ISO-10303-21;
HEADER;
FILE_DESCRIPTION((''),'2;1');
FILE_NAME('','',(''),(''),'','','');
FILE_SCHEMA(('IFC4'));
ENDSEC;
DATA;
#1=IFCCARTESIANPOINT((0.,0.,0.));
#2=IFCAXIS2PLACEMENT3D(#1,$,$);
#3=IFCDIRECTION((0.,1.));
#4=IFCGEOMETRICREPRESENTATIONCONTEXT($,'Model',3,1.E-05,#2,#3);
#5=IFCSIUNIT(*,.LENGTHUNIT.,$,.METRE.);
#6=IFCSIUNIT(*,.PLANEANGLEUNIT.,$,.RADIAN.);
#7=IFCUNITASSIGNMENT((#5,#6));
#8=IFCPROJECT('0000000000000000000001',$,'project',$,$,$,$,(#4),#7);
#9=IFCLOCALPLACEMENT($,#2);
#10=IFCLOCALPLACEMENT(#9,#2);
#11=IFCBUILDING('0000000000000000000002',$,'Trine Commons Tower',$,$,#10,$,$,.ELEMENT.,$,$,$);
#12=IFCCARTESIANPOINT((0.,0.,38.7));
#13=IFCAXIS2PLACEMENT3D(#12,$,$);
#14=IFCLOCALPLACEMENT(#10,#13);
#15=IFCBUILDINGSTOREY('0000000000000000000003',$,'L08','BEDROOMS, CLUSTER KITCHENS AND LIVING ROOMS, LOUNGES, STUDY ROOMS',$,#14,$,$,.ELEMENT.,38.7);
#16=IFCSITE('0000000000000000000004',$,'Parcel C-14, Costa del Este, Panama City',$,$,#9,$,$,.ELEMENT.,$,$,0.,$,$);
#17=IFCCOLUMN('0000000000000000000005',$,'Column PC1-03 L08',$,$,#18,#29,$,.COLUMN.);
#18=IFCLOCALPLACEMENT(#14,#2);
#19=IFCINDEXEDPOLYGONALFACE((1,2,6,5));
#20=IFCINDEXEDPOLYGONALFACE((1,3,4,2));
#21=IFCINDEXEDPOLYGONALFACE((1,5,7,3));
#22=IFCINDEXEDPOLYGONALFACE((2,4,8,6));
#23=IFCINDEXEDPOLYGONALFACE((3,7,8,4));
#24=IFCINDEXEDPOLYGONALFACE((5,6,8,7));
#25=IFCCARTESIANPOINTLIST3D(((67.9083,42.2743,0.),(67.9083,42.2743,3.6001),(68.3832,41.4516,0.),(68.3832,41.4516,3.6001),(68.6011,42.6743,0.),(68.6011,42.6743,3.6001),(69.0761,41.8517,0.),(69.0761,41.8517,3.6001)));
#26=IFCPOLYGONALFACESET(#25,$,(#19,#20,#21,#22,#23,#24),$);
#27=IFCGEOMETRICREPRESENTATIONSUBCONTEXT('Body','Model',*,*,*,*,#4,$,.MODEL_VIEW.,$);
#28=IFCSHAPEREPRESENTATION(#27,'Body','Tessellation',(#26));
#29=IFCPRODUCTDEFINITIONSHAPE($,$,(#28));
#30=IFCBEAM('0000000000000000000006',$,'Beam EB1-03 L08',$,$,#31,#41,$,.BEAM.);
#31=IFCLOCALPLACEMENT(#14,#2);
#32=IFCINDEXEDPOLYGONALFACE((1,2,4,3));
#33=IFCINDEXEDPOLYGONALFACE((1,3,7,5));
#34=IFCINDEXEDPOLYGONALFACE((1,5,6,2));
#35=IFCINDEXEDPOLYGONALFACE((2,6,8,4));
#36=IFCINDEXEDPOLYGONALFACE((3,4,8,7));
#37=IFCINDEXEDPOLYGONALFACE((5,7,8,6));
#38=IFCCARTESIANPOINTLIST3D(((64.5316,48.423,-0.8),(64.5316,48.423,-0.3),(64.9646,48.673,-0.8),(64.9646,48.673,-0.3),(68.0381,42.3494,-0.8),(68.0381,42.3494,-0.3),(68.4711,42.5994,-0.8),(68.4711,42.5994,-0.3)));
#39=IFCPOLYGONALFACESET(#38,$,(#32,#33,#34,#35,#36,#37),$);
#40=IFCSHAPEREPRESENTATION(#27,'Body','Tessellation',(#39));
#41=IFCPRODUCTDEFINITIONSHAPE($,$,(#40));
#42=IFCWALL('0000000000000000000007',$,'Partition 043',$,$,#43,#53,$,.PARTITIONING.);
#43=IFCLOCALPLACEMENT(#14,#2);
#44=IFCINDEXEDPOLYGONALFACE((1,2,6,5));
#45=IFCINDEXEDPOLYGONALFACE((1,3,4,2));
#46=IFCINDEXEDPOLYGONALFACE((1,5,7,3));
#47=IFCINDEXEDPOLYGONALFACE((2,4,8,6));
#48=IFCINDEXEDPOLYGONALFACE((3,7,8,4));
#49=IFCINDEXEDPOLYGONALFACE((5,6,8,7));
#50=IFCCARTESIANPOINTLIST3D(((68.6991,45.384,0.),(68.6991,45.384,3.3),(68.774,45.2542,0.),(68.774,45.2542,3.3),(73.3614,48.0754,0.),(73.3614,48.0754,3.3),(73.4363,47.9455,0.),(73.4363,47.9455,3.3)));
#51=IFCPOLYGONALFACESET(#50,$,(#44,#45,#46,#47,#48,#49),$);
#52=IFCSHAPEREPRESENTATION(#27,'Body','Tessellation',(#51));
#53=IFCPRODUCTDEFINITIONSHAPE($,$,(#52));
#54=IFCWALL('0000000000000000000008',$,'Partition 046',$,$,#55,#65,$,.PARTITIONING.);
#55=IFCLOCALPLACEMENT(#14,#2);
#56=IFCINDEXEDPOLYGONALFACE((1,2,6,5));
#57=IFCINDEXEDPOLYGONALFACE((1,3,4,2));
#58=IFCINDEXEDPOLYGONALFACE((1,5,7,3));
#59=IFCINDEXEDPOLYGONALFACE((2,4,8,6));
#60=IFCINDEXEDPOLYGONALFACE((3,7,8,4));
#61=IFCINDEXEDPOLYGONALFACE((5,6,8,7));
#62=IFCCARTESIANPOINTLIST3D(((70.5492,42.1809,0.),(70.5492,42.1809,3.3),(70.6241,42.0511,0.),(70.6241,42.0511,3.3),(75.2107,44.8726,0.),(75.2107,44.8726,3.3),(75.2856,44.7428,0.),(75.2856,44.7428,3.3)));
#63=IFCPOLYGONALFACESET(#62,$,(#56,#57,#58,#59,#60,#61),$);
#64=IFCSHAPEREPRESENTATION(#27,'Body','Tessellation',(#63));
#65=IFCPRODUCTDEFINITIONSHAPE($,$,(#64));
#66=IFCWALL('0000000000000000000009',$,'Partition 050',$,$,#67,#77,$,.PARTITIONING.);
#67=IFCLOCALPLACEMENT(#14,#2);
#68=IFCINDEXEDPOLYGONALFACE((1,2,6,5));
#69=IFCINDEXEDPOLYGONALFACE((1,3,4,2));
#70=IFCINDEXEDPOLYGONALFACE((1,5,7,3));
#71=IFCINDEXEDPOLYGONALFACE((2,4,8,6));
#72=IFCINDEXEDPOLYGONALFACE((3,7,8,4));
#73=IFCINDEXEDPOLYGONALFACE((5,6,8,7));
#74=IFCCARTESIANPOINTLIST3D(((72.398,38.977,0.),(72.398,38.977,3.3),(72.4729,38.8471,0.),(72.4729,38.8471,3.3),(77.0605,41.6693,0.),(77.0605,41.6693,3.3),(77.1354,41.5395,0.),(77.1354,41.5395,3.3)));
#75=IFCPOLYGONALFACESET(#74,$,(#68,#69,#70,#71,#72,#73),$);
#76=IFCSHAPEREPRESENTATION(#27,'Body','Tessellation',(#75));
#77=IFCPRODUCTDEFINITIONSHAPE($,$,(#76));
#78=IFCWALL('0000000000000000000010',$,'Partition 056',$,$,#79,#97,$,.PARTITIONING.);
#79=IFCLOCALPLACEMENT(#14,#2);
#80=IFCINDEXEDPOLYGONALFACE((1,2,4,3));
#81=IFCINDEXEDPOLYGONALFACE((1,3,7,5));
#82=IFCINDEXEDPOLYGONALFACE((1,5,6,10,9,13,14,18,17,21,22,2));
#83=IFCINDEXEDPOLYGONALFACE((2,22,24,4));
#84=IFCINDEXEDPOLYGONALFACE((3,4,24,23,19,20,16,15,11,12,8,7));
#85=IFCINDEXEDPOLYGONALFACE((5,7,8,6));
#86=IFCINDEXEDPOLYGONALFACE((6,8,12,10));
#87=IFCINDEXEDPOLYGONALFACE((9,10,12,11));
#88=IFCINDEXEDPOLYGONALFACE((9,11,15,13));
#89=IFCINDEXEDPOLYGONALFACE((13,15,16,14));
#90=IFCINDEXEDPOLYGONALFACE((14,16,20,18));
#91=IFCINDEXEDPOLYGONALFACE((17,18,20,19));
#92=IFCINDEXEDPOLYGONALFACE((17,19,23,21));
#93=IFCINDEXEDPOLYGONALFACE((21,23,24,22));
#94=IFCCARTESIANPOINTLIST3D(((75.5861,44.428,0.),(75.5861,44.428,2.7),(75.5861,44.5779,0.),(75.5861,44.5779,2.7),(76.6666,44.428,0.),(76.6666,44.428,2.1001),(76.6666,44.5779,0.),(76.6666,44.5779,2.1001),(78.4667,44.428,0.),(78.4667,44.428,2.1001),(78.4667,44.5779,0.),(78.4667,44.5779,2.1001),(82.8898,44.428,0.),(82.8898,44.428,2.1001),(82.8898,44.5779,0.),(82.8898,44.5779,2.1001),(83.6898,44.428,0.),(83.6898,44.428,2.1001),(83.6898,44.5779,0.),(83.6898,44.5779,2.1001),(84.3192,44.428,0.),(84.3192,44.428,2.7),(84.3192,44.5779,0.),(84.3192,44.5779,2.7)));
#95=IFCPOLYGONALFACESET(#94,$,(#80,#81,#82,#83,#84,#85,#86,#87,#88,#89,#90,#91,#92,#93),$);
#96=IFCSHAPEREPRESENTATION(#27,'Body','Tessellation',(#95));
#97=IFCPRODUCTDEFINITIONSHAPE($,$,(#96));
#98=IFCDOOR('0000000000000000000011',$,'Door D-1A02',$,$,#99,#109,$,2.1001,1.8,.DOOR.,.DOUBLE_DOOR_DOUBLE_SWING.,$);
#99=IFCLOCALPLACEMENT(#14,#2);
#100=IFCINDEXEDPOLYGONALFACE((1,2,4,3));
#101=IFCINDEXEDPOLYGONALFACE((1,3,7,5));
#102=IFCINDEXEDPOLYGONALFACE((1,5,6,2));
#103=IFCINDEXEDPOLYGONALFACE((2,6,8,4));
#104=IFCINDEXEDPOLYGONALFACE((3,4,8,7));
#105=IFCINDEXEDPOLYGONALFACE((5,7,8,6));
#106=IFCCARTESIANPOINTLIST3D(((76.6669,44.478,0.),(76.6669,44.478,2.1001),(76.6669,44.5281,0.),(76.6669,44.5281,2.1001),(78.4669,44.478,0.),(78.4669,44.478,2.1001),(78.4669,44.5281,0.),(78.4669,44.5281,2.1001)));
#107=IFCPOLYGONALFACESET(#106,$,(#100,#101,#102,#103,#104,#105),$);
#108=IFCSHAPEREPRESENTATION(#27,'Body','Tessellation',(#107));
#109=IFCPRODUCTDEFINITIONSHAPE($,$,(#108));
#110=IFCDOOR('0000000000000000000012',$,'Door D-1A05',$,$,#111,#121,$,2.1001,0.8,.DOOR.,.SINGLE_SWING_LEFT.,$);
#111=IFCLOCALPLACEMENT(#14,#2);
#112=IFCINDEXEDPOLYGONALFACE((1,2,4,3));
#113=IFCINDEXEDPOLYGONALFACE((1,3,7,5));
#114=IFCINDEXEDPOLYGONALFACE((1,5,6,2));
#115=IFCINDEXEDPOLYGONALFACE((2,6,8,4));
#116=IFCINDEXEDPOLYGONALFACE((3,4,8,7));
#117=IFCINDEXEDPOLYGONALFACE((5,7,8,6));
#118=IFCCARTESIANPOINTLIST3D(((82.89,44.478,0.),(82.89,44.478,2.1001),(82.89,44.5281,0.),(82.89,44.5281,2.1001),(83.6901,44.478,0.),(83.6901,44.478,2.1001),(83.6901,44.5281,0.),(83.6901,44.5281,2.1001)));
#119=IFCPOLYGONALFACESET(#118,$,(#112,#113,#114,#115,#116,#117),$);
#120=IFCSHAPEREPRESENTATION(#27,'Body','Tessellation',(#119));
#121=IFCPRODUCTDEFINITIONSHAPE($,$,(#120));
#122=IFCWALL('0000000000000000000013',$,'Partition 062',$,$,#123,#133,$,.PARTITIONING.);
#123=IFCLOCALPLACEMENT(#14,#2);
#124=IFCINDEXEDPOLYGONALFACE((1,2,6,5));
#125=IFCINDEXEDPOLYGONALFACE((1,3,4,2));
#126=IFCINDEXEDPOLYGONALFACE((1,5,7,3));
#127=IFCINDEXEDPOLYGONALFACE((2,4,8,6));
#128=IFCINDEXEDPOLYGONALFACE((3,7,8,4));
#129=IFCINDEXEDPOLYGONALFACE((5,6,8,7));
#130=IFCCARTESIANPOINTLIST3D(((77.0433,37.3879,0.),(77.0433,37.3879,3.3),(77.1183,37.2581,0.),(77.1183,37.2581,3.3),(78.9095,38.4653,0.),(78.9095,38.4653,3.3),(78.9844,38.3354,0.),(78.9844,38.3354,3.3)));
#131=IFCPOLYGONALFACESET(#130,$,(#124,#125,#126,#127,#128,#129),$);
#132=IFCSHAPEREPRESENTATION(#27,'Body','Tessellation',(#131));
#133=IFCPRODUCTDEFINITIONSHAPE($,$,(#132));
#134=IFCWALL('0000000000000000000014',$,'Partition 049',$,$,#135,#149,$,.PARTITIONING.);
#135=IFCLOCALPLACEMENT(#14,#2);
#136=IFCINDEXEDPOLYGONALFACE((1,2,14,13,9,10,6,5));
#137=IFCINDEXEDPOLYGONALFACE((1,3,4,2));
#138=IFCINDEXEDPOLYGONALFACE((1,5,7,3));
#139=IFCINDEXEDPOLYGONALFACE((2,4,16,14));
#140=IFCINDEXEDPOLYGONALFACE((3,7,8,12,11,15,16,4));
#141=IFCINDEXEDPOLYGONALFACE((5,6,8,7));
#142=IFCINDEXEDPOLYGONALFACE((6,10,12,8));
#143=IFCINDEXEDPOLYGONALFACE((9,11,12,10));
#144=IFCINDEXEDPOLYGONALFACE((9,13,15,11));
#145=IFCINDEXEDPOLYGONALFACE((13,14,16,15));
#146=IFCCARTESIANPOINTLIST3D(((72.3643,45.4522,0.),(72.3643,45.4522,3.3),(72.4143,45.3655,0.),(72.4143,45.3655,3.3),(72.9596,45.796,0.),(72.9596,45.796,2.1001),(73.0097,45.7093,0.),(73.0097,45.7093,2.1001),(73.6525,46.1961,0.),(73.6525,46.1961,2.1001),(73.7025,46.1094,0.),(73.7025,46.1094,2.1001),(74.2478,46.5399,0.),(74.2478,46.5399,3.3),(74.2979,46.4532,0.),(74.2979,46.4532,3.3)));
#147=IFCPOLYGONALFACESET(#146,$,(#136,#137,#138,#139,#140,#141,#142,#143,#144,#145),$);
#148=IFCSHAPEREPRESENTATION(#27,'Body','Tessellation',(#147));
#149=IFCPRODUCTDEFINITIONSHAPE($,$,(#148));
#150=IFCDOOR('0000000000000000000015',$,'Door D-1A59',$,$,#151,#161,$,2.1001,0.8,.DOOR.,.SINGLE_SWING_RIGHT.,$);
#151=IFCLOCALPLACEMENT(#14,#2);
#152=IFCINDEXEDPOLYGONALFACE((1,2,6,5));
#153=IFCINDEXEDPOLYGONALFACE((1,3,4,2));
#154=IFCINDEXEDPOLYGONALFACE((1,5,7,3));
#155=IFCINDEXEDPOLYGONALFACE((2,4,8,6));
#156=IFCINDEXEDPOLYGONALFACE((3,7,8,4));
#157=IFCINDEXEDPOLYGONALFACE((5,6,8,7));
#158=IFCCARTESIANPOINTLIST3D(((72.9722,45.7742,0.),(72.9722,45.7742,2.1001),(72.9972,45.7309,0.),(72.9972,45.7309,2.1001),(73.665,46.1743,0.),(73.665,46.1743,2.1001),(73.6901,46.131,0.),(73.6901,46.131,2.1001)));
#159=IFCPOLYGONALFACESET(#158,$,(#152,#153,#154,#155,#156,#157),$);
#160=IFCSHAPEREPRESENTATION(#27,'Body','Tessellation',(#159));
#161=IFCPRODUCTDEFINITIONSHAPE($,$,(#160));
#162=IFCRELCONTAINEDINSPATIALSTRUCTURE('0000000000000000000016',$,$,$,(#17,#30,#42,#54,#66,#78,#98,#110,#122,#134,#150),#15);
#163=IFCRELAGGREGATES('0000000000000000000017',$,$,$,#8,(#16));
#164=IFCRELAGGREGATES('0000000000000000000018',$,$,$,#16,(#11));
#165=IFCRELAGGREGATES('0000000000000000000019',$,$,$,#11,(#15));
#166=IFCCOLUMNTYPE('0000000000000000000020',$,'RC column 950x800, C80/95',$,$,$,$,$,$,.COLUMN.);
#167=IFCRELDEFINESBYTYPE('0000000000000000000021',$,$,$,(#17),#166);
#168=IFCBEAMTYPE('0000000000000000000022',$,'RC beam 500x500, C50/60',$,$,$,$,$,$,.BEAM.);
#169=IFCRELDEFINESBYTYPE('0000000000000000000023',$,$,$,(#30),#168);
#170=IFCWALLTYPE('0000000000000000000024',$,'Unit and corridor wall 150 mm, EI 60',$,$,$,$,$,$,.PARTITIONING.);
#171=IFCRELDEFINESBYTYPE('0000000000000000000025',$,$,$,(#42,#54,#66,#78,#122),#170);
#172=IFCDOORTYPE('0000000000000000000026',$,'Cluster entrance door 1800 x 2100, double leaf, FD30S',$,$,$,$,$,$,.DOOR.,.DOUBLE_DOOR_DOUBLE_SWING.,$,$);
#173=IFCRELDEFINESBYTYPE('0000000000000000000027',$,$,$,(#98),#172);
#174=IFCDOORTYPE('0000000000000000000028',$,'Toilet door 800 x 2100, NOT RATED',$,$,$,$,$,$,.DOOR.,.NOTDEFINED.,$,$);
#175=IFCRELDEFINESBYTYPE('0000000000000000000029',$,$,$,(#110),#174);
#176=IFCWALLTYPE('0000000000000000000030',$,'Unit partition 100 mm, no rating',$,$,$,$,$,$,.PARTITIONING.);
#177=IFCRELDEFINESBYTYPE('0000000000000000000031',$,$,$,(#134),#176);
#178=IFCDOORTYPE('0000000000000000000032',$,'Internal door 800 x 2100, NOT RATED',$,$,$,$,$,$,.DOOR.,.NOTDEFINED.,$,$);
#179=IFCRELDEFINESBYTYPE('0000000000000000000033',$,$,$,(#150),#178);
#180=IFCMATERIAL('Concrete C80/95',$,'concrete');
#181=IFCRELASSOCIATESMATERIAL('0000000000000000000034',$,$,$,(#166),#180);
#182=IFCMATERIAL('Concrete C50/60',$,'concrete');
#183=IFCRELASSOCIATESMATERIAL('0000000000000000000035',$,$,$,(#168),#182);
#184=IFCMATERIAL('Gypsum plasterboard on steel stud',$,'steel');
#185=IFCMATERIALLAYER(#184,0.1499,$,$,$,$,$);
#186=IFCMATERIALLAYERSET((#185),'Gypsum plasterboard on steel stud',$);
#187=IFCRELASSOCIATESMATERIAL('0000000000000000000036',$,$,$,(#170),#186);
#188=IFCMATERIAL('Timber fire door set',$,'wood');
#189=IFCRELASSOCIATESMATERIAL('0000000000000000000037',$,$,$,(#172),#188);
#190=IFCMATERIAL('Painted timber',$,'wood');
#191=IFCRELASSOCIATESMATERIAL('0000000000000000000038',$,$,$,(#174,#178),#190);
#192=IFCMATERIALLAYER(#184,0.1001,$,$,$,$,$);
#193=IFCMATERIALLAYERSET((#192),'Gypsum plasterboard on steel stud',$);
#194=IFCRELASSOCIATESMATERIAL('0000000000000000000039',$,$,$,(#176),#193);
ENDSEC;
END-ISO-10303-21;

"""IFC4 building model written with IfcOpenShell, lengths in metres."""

from ifc_helpers import new_model, si_unit, direction, frame, frame_2d, origin, origin_2d, place, context, subcontext, project, spatial, rectangle, extrude, material, layer, layer_set, material_profile, profile_set, type_object, element, fill, save


model = new_model("IFC4")

# Units and contexts
model_context = context("Model", 3, precision=1e-05, world=origin(), true_north=direction((0.0, 1.0)))
body_context = subcontext(model_context, "Body", "Model", "MODEL_VIEW")
ifc_project = project(units=[si_unit("LENGTHUNIT", "METRE"), si_unit("PLANEANGLEUNIT", "RADIAN")], contexts=[model_context])

# Site, building, storey
site_placement = place(None, origin())
site = spatial("IfcSite", under=ifc_project, at=site_placement, Name="Parcel C-14, Costa del Este, Panama City", CompositionType="ELEMENT", RefElevation=0.0)
building_placement = place(site_placement, origin())
building = spatial("IfcBuilding", under=site, at=building_placement, Name="Trine Commons Tower", CompositionType="ELEMENT")
storey_placement = place(building_placement, frame((0.0, 0.0, 38.7)))
storey = spatial("IfcBuildingStorey", under=building, at=storey_placement, Name="L08", Description="BEDROOMS, CLUSTER KITCHENS AND LIVING ROOMS, LOUNGES, STUDY ROOMS", CompositionType="ELEMENT", Elevation=38.7)

# Column
ifc_material_1 = material(Name="Concrete C80/95", Category="concrete")
ifc_material_profile_1 = material_profile(ifc_material_1, rectangle(XDim=0.95, YDim=0.8, at=origin_2d()), Name="RC 950x800")
ifc_profile_set_1 = profile_set([ifc_material_profile_1], Name="Concrete C80/95")
column_type = type_object("IfcColumnType", Name="RC column 950x800, C80/95", PredefinedType="COLUMN", material=ifc_profile_set_1)
column_placement = place(storey_placement, frame((68.4922, 42.063, 0.0), z_axis=(0.0, 0.0, 1.0), x_axis=(-0.5, 0.866025, 0.0)))
element("IfcColumn", 1, at=column_placement, inside=storey, type_object=column_type, Name="Column PC1-03 L08", PredefinedType="COLUMN", context=body_context, shape_type="SweptSolid", body=[
    extrude(rectangle(XDim=0.95, YDim=0.8, at=origin_2d()), origin(), (0.0, 0.0, 1.0), 3.6001),
])

# Beam
ifc_material_2 = material(Name="Concrete C50/60", Category="concrete")
ifc_material_profile_2 = material_profile(ifc_material_2, rectangle(XDim=0.5, YDim=0.5, at=origin_2d()), Name="RC 500x500")
ifc_profile_set_2 = profile_set([ifc_material_profile_2], Name="Concrete C50/60")
beam_type = type_object("IfcBeamType", Name="RC beam 500x500, C50/60", PredefinedType="BEAM", material=ifc_profile_set_2)
beam_placement = place(storey_placement, frame((68.2546, 42.4744, -0.55), z_axis=(-0.499992, 0.86603, 0.0), x_axis=(-0.86603, -0.499992, 0.0)))
element("IfcBeam", 2, at=beam_placement, inside=storey, type_object=beam_type, Name="Beam EB1-03 L08", PredefinedType="BEAM", context=body_context, shape_type="SweptSolid", body=[
    extrude(rectangle(XDim=0.5, YDim=0.5, at=origin_2d()), origin(), (0.0, 0.0, 1.0), 7.0132),
])

# Walls
ifc_material_3 = material(Name="Gypsum plasterboard on steel stud", Category="steel")
ifc_layer_1 = layer(ifc_material_3, 0.1499)
ifc_layer_set_1 = layer_set([ifc_layer_1], Name="Gypsum plasterboard on steel stud")
wall_type_1 = type_object("IfcWallType", Name="Unit and corridor wall 150 mm, EI 60", PredefinedType="PARTITIONING", material=ifc_layer_set_1)
wall_1_placement = place(storey_placement, frame((68.7366, 45.3191, 0.0), z_axis=(0.0, 0.0, 1.0), x_axis=(0.866058, 0.499944, 0.0)))
element("IfcWall", 3, at=wall_1_placement, inside=storey, type_object=wall_type_1, Name="Partition 043", PredefinedType="PARTITIONING", context=body_context, shape_type="SweptSolid", body=[
    extrude(rectangle(XDim=5.3833, YDim=0.1499, at=frame_2d((2.6917, 0.0))), origin(), (0.0, 0.0, 1.0), 3.3),
])
wall_2_placement = place(storey_placement, frame((70.5867, 42.116, 0.0), z_axis=(0.0, 0.0, 1.0), x_axis=(0.865993, 0.500056, 0.0)))
element("IfcWall", 4, at=wall_2_placement, inside=storey, type_object=wall_type_1, Name="Partition 046", PredefinedType="PARTITIONING", context=body_context, shape_type="SweptSolid", body=[
    extrude(rectangle(XDim=5.3828, YDim=0.1499, at=frame_2d((2.6914, 0.0))), origin(), (0.0, 0.0, 1.0), 3.3),
])
wall_3_placement = place(storey_placement, frame((72.4355, 38.9121, 0.0), z_axis=(0.0, 0.0, 1.0), x_axis=(0.865991, 0.50006, 0.0)))
element("IfcWall", 5, at=wall_3_placement, inside=storey, type_object=wall_type_1, Name="Partition 050", PredefinedType="PARTITIONING", context=body_context, shape_type="SweptSolid", body=[
    extrude(rectangle(XDim=5.384, YDim=0.1499, at=frame_2d((2.6919, 0.0))), origin(), (0.0, 0.0, 1.0), 3.3),
])

# Wall, openings, doors
wall_4_placement = place(storey_placement, frame((75.5859, 44.5029, 0.0), z_axis=(0.0, 0.0, 1.0), x_axis=(1.0, 0.0, 0.0)))
wall_4 = element("IfcWall", 6, at=wall_4_placement, inside=storey, type_object=wall_type_1, Name="Partition 056", PredefinedType="PARTITIONING", context=body_context, shape_type="SweptSolid", body=[
    extrude(rectangle(XDim=8.7332, YDim=0.1499, at=frame_2d((4.3667, 0.0))), origin(), (0.0, 0.0, 1.0), 2.7),
])
opening_1_placement = place(wall_4_placement, frame((1.0808, 0.0, 0.0)))
opening_1 = element("IfcOpeningElement", 7, at=opening_1_placement, cuts=wall_4, PredefinedType="OPENING", context=body_context, shape_type="SweptSolid", body=[
    extrude(rectangle(XDim=1.8, YDim=2.1001, at=frame_2d((0.8999, 1.05))), frame((0.0, 0.085, 0.0), z_axis=(0.0, -1.0, 0.0), x_axis=(1.0, 0.0, 0.0)), (0.0, 0.0, 1.0), 0.1699),
])
opening_2_placement = place(wall_4_placement, frame((7.304, 0.0, 0.0)))
opening_2 = element("IfcOpeningElement", 8, at=opening_2_placement, cuts=wall_4, PredefinedType="OPENING", context=body_context, shape_type="SweptSolid", body=[
    extrude(rectangle(XDim=0.8, YDim=2.1001, at=frame_2d((0.3999, 1.05))), frame((0.0, 0.085, 0.0), z_axis=(0.0, -1.0, 0.0), x_axis=(1.0, 0.0, 0.0)), (0.0, 0.0, 1.0), 0.1699),
])
ifc_material_4 = material(Name="Timber fire door set", Category="wood")
door_type_1 = type_object("IfcDoorType", Name="Cluster entrance door 1800 x 2100, double leaf, FD30S", OperationType="DOUBLE_DOOR_DOUBLE_SWING", PredefinedType="DOOR", material=ifc_material_4)
door_1_placement = place(opening_1_placement, frame((1.8, 0.0, 0.0), z_axis=(0.0, 0.0, 1.0), x_axis=(-1.0, 0.0, 0.0)))
door_1 = element("IfcDoor", 9, at=door_1_placement, inside=storey, type_object=door_type_1, Name="Door D-1A02", OperationType="DOUBLE_DOOR_DOUBLE_SWING", OverallHeight=2.1001, OverallWidth=1.8, PredefinedType="DOOR", context=body_context, shape_type="SweptSolid", body=[
    extrude(rectangle(XDim=1.8, YDim=2.1001, at=frame_2d((0.8999, 1.05))), frame((0.0, 0.0249, 0.0), z_axis=(0.0, -1.0, 0.0), x_axis=(1.0, 0.0, 0.0)), (0.0, 0.0, 1.0), 0.05),
])
fill(opening_1, door_1)
ifc_material_5 = material(Name="Painted timber", Category="wood")
door_type_2 = type_object("IfcDoorType", Name="Toilet door 800 x 2100, NOT RATED", OperationType="NOTDEFINED", PredefinedType="DOOR", material=ifc_material_5)
door_2_placement = place(opening_2_placement, frame((0.8, 0.0, 0.0), z_axis=(0.0, 0.0, 1.0), x_axis=(-1.0, 0.0, 0.0)))
door_2 = element("IfcDoor", 10, at=door_2_placement, inside=storey, type_object=door_type_2, Name="Door D-1A05", OperationType="SINGLE_SWING_LEFT", OverallHeight=2.1001, OverallWidth=0.8, PredefinedType="DOOR", context=body_context, shape_type="SweptSolid", body=[
    extrude(rectangle(XDim=0.8, YDim=2.1001, at=frame_2d((0.3999, 1.05))), frame((0.0, 0.0249, 0.0), z_axis=(0.0, -1.0, 0.0), x_axis=(1.0, 0.0, 0.0)), (0.0, 0.0, 1.0), 0.05),
])
fill(opening_2, door_2)

# Wall
wall_5_placement = place(storey_placement, frame((77.0808, 37.323, 0.0), z_axis=(0.0, 0.0, 1.0), x_axis=(0.866038, 0.499977, 0.0)))
element("IfcWall", 11, at=wall_5_placement, inside=storey, type_object=wall_type_1, Name="Partition 062", PredefinedType="PARTITIONING", context=body_context, shape_type="SweptSolid", body=[
    extrude(rectangle(XDim=2.1548, YDim=0.1499, at=frame_2d((1.0774, 0.0))), origin(), (0.0, 0.0, 1.0), 3.3),
])

# Wall, opening, door
ifc_layer_2 = layer(ifc_material_3, 0.1001)
ifc_layer_set_2 = layer_set([ifc_layer_2], Name="Gypsum plasterboard on steel stud")
wall_type_2 = type_object("IfcWallType", Name="Unit partition 100 mm, no rating", PredefinedType="PARTITIONING", material=ifc_layer_set_2)
wall_6_placement = place(storey_placement, frame((72.3894, 45.4089, 0.0), z_axis=(0.0, 0.0, 1.0), x_axis=(0.865989, 0.500063, 0.0)))
wall_6 = element("IfcWall", 12, at=wall_6_placement, inside=storey, type_object=wall_type_2, Name="Partition 049", PredefinedType="PARTITIONING", context=body_context, shape_type="SweptSolid", body=[
    extrude(rectangle(XDim=2.175, YDim=0.1001, at=frame_2d((1.0874, 0.0))), origin(), (0.0, 0.0, 1.0), 3.3),
])
opening_3_placement = place(wall_6_placement, frame((0.6875, 0.0, 0.0)))
opening_3 = element("IfcOpeningElement", 13, at=opening_3_placement, cuts=wall_6, PredefinedType="OPENING", context=body_context, shape_type="SweptSolid", body=[
    extrude(rectangle(XDim=0.8, YDim=2.1001, at=frame_2d((0.3999, 1.05))), frame((0.0, 0.0601, 0.0), z_axis=(0.0, -1.0, 0.0), x_axis=(1.0, 0.0, 0.0)), (0.0, 0.0, 1.0), 0.1201),
])
door_type_3 = type_object("IfcDoorType", Name="Internal door 800 x 2100, NOT RATED", OperationType="NOTDEFINED", PredefinedType="DOOR", material=ifc_material_5)
door_3_placement = place(opening_3_placement, origin())
door_3 = element("IfcDoor", 14, at=door_3_placement, inside=storey, type_object=door_type_3, Name="Door D-1A59", OperationType="SINGLE_SWING_RIGHT", OverallHeight=2.1001, OverallWidth=0.8, PredefinedType="DOOR", context=body_context, shape_type="SweptSolid", body=[
    extrude(rectangle(XDim=0.8, YDim=2.1001, at=frame_2d((0.3999, 1.05))), frame((0.0, 0.0249, 0.0), z_axis=(0.0, -1.0, 0.0), x_axis=(1.0, 0.0, 0.0)), (0.0, 0.0, 1.0), 0.05),
])
fill(opening_3, door_3)

save(model, "model.ifc")
